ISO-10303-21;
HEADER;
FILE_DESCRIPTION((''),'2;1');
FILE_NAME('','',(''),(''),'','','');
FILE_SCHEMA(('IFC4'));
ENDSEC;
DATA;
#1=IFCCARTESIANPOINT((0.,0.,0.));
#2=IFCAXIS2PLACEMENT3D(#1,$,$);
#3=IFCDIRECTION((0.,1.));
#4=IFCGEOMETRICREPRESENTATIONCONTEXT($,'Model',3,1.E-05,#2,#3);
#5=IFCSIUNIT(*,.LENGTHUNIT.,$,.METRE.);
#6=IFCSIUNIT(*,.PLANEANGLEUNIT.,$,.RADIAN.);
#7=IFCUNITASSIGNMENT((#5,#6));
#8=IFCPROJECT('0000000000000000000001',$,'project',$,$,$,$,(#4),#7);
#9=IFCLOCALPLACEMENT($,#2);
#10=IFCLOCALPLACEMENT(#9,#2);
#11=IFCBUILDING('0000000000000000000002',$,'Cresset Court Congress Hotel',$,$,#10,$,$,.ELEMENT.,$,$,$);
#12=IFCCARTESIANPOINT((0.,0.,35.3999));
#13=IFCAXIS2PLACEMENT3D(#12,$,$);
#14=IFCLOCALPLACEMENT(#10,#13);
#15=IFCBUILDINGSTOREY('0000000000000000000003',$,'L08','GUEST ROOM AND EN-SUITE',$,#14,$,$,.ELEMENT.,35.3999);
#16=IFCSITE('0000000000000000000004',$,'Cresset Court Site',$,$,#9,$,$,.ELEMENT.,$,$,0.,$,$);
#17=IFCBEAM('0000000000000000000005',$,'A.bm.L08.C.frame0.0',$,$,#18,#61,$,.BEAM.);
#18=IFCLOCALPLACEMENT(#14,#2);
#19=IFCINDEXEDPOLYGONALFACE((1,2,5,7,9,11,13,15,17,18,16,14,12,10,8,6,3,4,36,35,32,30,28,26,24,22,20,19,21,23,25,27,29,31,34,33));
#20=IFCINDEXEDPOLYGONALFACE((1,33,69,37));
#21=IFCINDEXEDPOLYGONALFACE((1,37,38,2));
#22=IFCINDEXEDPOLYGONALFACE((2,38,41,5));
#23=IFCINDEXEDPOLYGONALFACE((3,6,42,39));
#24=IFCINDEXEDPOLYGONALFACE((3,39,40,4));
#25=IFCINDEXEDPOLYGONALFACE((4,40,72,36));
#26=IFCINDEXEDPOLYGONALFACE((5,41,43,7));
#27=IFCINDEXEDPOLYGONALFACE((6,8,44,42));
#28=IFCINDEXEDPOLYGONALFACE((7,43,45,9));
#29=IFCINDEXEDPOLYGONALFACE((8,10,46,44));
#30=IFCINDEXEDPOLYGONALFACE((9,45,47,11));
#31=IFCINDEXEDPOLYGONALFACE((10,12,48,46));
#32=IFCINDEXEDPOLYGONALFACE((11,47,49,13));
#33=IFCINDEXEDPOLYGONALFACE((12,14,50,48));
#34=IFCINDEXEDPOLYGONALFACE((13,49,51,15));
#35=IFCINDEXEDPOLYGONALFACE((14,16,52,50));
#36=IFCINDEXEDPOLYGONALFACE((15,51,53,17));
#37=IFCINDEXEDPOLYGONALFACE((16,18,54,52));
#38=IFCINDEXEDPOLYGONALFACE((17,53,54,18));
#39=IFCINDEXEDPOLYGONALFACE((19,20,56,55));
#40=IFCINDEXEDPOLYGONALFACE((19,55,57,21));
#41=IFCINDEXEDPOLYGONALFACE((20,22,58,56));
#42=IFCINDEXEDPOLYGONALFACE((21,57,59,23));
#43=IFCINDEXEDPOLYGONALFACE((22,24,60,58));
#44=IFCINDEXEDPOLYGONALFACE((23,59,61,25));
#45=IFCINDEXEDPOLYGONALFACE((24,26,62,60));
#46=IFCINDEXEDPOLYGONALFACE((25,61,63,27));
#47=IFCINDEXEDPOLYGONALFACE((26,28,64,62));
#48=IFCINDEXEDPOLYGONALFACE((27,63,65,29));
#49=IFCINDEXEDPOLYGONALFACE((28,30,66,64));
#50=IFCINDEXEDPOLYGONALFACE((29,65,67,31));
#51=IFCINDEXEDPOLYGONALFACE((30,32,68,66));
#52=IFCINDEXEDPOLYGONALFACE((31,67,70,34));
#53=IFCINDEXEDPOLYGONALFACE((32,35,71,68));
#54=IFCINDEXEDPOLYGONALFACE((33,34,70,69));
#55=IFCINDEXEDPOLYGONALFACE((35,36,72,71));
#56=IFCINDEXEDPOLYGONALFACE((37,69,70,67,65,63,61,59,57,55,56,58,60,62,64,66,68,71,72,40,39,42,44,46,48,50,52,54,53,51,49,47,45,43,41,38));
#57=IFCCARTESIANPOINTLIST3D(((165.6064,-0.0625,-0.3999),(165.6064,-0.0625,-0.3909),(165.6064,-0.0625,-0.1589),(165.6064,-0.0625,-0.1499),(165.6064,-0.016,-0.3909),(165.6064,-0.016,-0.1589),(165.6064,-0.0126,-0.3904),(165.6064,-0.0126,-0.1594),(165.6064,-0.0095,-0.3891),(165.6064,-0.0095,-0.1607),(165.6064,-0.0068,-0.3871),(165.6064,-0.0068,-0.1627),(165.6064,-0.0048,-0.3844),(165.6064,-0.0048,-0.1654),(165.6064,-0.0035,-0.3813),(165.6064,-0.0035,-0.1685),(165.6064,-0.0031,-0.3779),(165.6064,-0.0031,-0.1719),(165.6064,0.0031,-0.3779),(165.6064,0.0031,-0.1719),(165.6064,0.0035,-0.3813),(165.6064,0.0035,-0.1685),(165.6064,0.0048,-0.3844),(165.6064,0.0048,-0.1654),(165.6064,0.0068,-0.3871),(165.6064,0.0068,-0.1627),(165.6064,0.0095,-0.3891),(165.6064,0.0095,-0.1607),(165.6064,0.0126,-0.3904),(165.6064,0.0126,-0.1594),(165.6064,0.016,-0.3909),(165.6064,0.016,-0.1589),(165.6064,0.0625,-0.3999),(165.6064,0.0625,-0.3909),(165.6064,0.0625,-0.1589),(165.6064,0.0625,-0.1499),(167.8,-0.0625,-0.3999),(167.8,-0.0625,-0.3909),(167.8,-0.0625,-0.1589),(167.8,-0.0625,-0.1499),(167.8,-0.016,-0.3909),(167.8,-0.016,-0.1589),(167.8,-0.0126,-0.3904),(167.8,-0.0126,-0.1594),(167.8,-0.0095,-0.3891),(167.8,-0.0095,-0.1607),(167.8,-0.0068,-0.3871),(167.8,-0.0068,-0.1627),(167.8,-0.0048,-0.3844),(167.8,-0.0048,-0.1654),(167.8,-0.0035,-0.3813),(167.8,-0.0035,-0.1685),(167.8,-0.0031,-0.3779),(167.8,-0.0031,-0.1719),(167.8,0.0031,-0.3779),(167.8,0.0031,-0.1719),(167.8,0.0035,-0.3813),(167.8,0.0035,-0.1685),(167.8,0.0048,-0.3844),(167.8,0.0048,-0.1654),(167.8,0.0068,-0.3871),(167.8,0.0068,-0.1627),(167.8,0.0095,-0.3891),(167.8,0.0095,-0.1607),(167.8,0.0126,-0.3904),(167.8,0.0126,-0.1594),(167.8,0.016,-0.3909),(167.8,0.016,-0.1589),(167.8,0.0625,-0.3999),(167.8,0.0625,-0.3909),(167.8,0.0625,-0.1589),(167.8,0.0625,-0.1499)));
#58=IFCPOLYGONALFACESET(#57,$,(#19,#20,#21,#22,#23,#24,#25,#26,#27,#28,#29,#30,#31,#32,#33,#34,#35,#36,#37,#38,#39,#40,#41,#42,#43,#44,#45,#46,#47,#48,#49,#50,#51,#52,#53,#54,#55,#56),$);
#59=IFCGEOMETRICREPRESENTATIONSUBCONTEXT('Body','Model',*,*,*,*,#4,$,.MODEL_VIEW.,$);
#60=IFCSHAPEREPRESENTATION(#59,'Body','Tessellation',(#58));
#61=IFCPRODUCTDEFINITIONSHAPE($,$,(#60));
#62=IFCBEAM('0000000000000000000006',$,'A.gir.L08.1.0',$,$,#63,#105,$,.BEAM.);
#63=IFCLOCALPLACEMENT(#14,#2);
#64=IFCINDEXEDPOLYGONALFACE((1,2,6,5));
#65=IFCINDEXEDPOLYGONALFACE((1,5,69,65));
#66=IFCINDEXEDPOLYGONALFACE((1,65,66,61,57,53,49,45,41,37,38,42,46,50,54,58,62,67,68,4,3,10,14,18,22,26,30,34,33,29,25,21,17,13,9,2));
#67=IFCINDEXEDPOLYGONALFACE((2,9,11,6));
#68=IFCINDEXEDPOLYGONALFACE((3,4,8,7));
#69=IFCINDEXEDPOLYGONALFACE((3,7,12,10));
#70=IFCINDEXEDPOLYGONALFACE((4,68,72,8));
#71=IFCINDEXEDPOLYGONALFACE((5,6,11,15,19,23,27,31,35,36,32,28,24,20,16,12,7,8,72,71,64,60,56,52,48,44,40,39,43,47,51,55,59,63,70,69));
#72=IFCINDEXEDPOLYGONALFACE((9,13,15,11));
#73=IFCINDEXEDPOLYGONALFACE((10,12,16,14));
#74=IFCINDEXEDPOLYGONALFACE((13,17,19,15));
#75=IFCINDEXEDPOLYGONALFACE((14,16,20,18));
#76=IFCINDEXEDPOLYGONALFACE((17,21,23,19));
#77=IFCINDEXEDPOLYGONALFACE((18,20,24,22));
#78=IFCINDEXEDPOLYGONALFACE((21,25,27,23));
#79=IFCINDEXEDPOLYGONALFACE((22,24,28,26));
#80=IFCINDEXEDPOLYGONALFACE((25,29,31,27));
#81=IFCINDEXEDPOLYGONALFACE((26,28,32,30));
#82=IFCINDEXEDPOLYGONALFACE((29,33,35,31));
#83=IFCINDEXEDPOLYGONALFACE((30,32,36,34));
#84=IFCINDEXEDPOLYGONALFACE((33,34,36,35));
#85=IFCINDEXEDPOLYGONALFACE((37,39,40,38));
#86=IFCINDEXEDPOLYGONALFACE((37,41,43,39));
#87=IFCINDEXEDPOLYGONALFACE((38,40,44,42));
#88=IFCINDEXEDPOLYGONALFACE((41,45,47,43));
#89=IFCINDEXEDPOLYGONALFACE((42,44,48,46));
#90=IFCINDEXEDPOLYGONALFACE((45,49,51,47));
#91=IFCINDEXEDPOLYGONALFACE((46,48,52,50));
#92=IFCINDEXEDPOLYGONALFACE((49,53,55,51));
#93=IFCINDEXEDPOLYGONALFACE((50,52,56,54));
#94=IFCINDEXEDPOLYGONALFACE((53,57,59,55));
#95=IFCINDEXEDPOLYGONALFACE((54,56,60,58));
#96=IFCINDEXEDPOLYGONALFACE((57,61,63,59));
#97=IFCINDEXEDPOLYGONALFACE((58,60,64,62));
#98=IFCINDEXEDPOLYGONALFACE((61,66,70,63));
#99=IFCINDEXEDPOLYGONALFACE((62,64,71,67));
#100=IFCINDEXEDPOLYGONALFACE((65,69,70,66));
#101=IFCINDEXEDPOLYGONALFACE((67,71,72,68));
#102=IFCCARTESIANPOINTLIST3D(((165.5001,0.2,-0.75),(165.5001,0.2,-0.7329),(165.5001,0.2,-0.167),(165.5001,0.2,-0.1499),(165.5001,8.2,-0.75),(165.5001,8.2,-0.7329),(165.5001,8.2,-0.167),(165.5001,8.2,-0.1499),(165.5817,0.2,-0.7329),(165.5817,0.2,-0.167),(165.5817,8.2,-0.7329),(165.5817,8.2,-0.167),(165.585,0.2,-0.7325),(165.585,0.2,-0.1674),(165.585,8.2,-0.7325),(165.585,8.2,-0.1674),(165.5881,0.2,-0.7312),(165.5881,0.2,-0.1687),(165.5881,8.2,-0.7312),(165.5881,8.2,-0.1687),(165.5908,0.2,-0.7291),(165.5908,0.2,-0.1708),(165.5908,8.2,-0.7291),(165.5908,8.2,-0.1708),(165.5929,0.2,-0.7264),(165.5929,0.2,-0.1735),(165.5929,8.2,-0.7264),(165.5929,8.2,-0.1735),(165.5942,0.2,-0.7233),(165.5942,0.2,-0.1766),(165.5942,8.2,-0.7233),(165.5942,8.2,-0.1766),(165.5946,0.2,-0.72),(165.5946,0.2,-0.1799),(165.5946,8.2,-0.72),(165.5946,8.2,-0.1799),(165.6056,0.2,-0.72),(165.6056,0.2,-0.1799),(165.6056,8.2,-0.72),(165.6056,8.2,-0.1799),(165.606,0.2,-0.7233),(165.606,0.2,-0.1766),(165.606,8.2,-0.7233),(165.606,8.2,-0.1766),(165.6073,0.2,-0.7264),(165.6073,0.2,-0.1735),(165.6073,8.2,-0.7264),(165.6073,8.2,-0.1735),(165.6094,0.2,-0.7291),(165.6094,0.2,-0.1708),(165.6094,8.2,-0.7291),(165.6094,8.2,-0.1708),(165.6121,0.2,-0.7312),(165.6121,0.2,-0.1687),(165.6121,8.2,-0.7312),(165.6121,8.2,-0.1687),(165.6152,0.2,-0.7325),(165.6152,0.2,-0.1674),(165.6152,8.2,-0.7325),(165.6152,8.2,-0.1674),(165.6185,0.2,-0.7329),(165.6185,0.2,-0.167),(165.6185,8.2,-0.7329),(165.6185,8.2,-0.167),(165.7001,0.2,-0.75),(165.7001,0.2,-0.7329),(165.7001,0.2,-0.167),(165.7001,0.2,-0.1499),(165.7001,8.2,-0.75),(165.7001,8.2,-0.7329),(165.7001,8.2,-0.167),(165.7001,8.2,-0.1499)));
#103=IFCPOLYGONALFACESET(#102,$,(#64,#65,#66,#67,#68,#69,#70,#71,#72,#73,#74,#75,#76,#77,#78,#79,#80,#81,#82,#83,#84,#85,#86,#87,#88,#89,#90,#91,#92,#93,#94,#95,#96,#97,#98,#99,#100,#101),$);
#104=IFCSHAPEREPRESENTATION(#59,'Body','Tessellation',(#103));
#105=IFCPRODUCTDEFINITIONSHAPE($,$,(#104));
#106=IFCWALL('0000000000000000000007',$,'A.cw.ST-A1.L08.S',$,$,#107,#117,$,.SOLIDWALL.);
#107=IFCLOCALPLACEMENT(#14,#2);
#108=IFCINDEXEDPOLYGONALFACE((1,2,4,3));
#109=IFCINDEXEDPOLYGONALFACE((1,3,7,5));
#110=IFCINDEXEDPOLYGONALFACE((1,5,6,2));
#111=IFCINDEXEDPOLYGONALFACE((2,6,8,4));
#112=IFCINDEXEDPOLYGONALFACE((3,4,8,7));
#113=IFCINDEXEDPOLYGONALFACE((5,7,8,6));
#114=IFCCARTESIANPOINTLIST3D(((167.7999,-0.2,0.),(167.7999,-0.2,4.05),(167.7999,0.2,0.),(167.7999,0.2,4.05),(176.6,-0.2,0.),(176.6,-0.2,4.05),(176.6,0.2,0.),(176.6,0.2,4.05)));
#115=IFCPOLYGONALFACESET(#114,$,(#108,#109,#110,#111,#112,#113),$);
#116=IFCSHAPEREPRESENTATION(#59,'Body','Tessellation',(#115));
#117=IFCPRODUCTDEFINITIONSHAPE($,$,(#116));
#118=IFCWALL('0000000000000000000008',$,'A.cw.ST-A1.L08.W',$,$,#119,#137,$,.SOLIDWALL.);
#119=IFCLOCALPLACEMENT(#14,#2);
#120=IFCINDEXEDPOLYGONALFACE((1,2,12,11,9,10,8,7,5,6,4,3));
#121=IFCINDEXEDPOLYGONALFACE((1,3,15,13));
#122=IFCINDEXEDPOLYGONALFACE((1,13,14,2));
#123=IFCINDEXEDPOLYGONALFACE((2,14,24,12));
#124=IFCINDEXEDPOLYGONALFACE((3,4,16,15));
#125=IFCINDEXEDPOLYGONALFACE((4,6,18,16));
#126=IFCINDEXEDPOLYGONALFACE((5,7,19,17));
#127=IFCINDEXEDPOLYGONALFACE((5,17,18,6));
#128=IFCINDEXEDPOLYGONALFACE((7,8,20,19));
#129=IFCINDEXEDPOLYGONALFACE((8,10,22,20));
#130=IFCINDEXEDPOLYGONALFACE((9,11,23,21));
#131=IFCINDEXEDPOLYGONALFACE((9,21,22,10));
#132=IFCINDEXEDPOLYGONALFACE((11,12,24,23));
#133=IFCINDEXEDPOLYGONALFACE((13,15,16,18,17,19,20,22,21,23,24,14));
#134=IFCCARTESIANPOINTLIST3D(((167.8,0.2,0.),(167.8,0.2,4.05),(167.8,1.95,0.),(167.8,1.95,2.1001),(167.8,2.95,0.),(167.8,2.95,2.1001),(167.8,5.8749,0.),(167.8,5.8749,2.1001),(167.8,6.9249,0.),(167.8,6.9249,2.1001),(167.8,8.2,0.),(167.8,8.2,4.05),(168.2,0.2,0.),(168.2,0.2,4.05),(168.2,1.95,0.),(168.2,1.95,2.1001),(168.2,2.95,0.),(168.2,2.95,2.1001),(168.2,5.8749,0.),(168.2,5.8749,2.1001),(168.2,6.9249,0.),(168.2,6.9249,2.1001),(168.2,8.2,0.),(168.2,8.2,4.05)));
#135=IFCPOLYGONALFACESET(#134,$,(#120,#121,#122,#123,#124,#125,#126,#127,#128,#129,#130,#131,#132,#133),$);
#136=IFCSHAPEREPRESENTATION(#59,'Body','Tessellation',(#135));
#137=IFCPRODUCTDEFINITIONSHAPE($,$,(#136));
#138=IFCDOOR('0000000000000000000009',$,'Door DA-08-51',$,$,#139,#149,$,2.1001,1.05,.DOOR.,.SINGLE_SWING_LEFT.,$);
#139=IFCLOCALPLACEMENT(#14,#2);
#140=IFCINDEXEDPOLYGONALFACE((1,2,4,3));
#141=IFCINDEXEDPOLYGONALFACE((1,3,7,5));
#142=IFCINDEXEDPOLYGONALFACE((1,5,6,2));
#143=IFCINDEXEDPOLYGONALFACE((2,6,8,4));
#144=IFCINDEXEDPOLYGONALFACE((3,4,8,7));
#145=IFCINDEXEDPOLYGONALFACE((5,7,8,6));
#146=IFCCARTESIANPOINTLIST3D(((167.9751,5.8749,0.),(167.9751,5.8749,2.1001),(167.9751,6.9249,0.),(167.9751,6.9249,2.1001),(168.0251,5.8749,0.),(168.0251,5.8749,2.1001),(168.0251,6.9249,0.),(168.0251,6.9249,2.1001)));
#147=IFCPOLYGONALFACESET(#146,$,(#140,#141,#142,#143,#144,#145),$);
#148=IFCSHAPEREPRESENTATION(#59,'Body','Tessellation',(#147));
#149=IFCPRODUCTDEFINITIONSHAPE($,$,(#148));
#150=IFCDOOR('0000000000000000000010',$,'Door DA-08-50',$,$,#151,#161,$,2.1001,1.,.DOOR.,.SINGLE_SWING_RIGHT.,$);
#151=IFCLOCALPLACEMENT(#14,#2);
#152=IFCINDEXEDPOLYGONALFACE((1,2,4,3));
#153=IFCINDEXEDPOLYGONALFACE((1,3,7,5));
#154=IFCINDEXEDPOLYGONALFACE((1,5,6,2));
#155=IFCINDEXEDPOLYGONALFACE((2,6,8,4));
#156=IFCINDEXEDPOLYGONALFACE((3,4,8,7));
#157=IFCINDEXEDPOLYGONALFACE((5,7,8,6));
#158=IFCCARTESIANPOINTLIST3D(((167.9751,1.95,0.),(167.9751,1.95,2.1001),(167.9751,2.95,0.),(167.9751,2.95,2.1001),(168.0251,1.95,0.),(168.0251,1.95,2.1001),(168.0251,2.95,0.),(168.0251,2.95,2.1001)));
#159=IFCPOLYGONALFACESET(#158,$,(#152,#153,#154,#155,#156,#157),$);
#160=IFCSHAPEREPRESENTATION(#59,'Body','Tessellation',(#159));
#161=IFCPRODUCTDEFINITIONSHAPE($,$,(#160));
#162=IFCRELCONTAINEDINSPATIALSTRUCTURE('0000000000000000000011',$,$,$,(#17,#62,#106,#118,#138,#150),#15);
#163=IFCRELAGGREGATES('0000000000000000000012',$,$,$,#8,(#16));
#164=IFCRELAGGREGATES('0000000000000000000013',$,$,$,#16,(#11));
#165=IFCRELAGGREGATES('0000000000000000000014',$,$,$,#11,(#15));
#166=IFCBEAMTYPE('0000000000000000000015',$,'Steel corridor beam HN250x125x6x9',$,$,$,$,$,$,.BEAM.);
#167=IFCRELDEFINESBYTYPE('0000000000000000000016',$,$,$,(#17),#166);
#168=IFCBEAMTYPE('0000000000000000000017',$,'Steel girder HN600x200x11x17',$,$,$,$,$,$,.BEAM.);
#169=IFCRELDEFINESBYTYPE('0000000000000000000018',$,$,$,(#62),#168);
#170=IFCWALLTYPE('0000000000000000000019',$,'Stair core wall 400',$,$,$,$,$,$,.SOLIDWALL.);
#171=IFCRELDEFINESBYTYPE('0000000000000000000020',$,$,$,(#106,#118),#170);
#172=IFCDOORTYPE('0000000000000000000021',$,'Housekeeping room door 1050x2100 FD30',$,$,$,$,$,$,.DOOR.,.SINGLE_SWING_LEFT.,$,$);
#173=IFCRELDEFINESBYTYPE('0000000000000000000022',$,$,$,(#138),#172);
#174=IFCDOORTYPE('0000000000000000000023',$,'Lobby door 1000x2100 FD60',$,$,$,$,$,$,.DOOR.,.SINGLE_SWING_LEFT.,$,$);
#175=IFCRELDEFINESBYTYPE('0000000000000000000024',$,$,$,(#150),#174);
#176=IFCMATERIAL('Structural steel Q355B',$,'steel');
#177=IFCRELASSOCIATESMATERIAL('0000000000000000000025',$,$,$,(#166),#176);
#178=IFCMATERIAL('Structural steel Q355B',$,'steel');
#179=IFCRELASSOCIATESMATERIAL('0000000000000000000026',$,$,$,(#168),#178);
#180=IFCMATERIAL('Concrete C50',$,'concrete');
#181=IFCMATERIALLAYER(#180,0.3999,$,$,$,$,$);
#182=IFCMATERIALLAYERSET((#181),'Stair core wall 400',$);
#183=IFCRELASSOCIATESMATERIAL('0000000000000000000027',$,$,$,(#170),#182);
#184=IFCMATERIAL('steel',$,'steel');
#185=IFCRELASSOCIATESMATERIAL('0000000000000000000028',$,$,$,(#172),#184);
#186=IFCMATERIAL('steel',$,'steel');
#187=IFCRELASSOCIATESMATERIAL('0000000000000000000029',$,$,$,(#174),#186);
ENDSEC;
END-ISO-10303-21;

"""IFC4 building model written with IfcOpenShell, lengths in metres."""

from ifc_helpers import new_model, si_unit, direction, frame, frame_2d, origin, origin_2d, place, context, subcontext, project, spatial, rectangle, i_section, extrude, material, layer, layer_set, material_profile, profile_set, type_object, element, fill, save


model = new_model("IFC4")

# Units and contexts
model_context = context("Model", 3, precision=1e-05, world=origin(), true_north=direction((0.0, 1.0)))
body_context = subcontext(model_context, "Body", "Model", "MODEL_VIEW")
ifc_project = project(units=[si_unit("LENGTHUNIT", "METRE"), si_unit("PLANEANGLEUNIT", "RADIAN")], contexts=[model_context])

# Site, building, storey
site_placement = place(None, origin())
site = spatial("IfcSite", under=ifc_project, at=site_placement, Name="Cresset Court Site", CompositionType="ELEMENT", RefElevation=0.0)
building_placement = place(site_placement, origin())
building = spatial("IfcBuilding", under=site, at=building_placement, Name="Cresset Court Congress Hotel", CompositionType="ELEMENT")
storey_placement = place(building_placement, frame((0.0, 0.0, 35.3999)))
storey = spatial("IfcBuildingStorey", under=building, at=storey_placement, Name="L08", Description="GUEST ROOM AND EN-SUITE", CompositionType="ELEMENT", Elevation=35.3999)

# Beams
ifc_material_1 = material(Name="Structural steel Q355B", Category="steel")
ifc_material_profile_1 = material_profile(ifc_material_1, i_section(OverallWidth=0.125, OverallDepth=0.25, WebThickness=0.0061, FlangeThickness=0.009, FilletRadius=0.0129, at=origin_2d()), Name="HN250x125x6x9")
ifc_profile_set_1 = profile_set([ifc_material_profile_1], Name="Structural steel Q355B")
beam_type_1 = type_object("IfcBeamType", Name="Steel corridor beam HN250x125x6x9", PredefinedType="BEAM", material=ifc_profile_set_1)
beam_1_placement = place(storey_placement, frame((165.6064, 0.0, -0.2749), z_axis=(1.0, 0.0, 0.0), x_axis=(0.0, 1.0, 0.0)))
element("IfcBeam", 1, at=beam_1_placement, inside=storey, type_object=beam_type_1, Name="A.bm.L08.C.frame0.0", PredefinedType="BEAM", context=body_context, shape_type="SweptSolid", body=[
    extrude(i_section(OverallWidth=0.125, OverallDepth=0.25, WebThickness=0.0061, FlangeThickness=0.009, FilletRadius=0.0129, at=origin_2d()), origin(), (0.0, 0.0, 1.0), 2.1936),
])
ifc_material_2 = material(Name="Structural steel Q355B", Category="steel")
ifc_material_profile_2 = material_profile(ifc_material_2, i_section(OverallWidth=0.2, OverallDepth=0.6001, WebThickness=0.011, FlangeThickness=0.0171, FilletRadius=0.0129, at=origin_2d()), Name="HN600x200x11x17")
ifc_profile_set_2 = profile_set([ifc_material_profile_2], Name="Structural steel Q355B")
beam_type_2 = type_object("IfcBeamType", Name="Steel girder HN600x200x11x17", PredefinedType="BEAM", material=ifc_profile_set_2)
beam_2_placement = place(storey_placement, frame((165.6001, 0.2, -0.45), z_axis=(0.0, 1.0, 0.0), x_axis=(-1.0, 0.0, 0.0)))
element("IfcBeam", 2, at=beam_2_placement, inside=storey, type_object=beam_type_2, Name="A.gir.L08.1.0", PredefinedType="BEAM", context=body_context, shape_type="SweptSolid", body=[
    extrude(i_section(OverallWidth=0.2, OverallDepth=0.6001, WebThickness=0.011, FlangeThickness=0.0171, FilletRadius=0.0129, at=origin_2d()), origin(), (0.0, 0.0, 1.0), 8.0),
])

# Wall
ifc_material_3 = material(Name="Concrete C50", Category="concrete")
ifc_layer_1 = layer(ifc_material_3, 0.3999)
ifc_layer_set_1 = layer_set([ifc_layer_1], Name="Stair core wall 400")
wall_type_1 = type_object("IfcWallType", Name="Stair core wall 400", PredefinedType="SOLIDWALL", material=ifc_layer_set_1)
wall_1_placement = place(storey_placement, frame((167.8, 0.0, 0.0), z_axis=(0.0, 0.0, 1.0), x_axis=(1.0, 0.0, 0.0)))
element("IfcWall", 3, at=wall_1_placement, inside=storey, type_object=wall_type_1, Name="A.cw.ST-A1.L08.S", PredefinedType="SOLIDWALL", context=body_context, shape_type="SweptSolid", body=[
    extrude(rectangle(XDim=8.8, YDim=0.3999, at=frame_2d((4.3999, 0.0))), origin(), (0.0, 0.0, 1.0), 4.05),
])

# Wall, openings, doors
wall_2_placement = place(storey_placement, frame((168.0, 0.2, 0.0), z_axis=(0.0, 0.0, 1.0), x_axis=(0.0, 1.0, 0.0)))
wall_2 = element("IfcWall", 4, at=wall_2_placement, inside=storey, type_object=wall_type_1, Name="A.cw.ST-A1.L08.W", PredefinedType="SOLIDWALL", context=body_context, shape_type="SweptSolid", body=[
    extrude(rectangle(XDim=8.0, YDim=0.3999, at=frame_2d((4.0, 0.0))), origin(), (0.0, 0.0, 1.0), 4.05),
])
opening_1_placement = place(wall_2_placement, frame((1.75, 0.0, 0.0)))
opening_1 = element("IfcOpeningElement", 5, at=opening_1_placement, cuts=wall_2, PredefinedType="OPENING", context=body_context, shape_type="SweptSolid", body=[
    extrude(rectangle(XDim=1.0, YDim=2.1001, at=frame_2d((0.5, 1.05))), frame((0.0, 0.21, 0.0), z_axis=(0.0, -1.0, 0.0), x_axis=(1.0, 0.0, 0.0)), (0.0, 0.0, 1.0), 0.4199),
])
opening_2_placement = place(wall_2_placement, frame((5.675, 0.0, 0.0)))
opening_2 = element("IfcOpeningElement", 6, at=opening_2_placement, cuts=wall_2, PredefinedType="OPENING", context=body_context, shape_type="SweptSolid", body=[
    extrude(rectangle(XDim=1.05, YDim=2.1001, at=frame_2d((0.5249, 1.05))), frame((0.0, 0.21, 0.0), z_axis=(0.0, -1.0, 0.0), x_axis=(1.0, 0.0, 0.0)), (0.0, 0.0, 1.0), 0.4199),
])
ifc_material_4 = material(Name="steel", Category="steel")
door_type_1 = type_object("IfcDoorType", Name="Housekeeping room door 1050x2100 FD30", OperationType="SINGLE_SWING_LEFT", PredefinedType="DOOR", material=ifc_material_4)
door_1_placement = place(opening_2_placement, origin())
door_1 = element("IfcDoor", 7, at=door_1_placement, inside=storey, type_object=door_type_1, Name="Door DA-08-51", OperationType="SINGLE_SWING_LEFT", OverallHeight=2.1001, OverallWidth=1.05, PredefinedType="DOOR", context=body_context, shape_type="SweptSolid", body=[
    extrude(rectangle(XDim=1.05, YDim=2.1001, at=frame_2d((0.5249, 1.05))), frame((0.0, 0.0249, 0.0), z_axis=(0.0, -1.0, 0.0), x_axis=(1.0, 0.0, 0.0)), (0.0, 0.0, 1.0), 0.05),
])
fill(opening_2, door_1)
ifc_material_5 = material(Name="steel", Category="steel")
door_type_2 = type_object("IfcDoorType", Name="Lobby door 1000x2100 FD60", OperationType="SINGLE_SWING_LEFT", PredefinedType="DOOR", material=ifc_material_5)
door_2_placement = place(opening_1_placement, origin())
door_2 = element("IfcDoor", 8, at=door_2_placement, inside=storey, type_object=door_type_2, Name="Door DA-08-50", OperationType="SINGLE_SWING_RIGHT", OverallHeight=2.1001, OverallWidth=1.0, PredefinedType="DOOR", context=body_context, shape_type="SweptSolid", body=[
    extrude(rectangle(XDim=1.0, YDim=2.1001, at=frame_2d((0.5, 1.05))), frame((0.0, 0.0249, 0.0), z_axis=(0.0, -1.0, 0.0), x_axis=(1.0, 0.0, 0.0)), (0.0, 0.0, 1.0), 0.05),
])
fill(opening_1, door_2)

save(model, "model.ifc")
